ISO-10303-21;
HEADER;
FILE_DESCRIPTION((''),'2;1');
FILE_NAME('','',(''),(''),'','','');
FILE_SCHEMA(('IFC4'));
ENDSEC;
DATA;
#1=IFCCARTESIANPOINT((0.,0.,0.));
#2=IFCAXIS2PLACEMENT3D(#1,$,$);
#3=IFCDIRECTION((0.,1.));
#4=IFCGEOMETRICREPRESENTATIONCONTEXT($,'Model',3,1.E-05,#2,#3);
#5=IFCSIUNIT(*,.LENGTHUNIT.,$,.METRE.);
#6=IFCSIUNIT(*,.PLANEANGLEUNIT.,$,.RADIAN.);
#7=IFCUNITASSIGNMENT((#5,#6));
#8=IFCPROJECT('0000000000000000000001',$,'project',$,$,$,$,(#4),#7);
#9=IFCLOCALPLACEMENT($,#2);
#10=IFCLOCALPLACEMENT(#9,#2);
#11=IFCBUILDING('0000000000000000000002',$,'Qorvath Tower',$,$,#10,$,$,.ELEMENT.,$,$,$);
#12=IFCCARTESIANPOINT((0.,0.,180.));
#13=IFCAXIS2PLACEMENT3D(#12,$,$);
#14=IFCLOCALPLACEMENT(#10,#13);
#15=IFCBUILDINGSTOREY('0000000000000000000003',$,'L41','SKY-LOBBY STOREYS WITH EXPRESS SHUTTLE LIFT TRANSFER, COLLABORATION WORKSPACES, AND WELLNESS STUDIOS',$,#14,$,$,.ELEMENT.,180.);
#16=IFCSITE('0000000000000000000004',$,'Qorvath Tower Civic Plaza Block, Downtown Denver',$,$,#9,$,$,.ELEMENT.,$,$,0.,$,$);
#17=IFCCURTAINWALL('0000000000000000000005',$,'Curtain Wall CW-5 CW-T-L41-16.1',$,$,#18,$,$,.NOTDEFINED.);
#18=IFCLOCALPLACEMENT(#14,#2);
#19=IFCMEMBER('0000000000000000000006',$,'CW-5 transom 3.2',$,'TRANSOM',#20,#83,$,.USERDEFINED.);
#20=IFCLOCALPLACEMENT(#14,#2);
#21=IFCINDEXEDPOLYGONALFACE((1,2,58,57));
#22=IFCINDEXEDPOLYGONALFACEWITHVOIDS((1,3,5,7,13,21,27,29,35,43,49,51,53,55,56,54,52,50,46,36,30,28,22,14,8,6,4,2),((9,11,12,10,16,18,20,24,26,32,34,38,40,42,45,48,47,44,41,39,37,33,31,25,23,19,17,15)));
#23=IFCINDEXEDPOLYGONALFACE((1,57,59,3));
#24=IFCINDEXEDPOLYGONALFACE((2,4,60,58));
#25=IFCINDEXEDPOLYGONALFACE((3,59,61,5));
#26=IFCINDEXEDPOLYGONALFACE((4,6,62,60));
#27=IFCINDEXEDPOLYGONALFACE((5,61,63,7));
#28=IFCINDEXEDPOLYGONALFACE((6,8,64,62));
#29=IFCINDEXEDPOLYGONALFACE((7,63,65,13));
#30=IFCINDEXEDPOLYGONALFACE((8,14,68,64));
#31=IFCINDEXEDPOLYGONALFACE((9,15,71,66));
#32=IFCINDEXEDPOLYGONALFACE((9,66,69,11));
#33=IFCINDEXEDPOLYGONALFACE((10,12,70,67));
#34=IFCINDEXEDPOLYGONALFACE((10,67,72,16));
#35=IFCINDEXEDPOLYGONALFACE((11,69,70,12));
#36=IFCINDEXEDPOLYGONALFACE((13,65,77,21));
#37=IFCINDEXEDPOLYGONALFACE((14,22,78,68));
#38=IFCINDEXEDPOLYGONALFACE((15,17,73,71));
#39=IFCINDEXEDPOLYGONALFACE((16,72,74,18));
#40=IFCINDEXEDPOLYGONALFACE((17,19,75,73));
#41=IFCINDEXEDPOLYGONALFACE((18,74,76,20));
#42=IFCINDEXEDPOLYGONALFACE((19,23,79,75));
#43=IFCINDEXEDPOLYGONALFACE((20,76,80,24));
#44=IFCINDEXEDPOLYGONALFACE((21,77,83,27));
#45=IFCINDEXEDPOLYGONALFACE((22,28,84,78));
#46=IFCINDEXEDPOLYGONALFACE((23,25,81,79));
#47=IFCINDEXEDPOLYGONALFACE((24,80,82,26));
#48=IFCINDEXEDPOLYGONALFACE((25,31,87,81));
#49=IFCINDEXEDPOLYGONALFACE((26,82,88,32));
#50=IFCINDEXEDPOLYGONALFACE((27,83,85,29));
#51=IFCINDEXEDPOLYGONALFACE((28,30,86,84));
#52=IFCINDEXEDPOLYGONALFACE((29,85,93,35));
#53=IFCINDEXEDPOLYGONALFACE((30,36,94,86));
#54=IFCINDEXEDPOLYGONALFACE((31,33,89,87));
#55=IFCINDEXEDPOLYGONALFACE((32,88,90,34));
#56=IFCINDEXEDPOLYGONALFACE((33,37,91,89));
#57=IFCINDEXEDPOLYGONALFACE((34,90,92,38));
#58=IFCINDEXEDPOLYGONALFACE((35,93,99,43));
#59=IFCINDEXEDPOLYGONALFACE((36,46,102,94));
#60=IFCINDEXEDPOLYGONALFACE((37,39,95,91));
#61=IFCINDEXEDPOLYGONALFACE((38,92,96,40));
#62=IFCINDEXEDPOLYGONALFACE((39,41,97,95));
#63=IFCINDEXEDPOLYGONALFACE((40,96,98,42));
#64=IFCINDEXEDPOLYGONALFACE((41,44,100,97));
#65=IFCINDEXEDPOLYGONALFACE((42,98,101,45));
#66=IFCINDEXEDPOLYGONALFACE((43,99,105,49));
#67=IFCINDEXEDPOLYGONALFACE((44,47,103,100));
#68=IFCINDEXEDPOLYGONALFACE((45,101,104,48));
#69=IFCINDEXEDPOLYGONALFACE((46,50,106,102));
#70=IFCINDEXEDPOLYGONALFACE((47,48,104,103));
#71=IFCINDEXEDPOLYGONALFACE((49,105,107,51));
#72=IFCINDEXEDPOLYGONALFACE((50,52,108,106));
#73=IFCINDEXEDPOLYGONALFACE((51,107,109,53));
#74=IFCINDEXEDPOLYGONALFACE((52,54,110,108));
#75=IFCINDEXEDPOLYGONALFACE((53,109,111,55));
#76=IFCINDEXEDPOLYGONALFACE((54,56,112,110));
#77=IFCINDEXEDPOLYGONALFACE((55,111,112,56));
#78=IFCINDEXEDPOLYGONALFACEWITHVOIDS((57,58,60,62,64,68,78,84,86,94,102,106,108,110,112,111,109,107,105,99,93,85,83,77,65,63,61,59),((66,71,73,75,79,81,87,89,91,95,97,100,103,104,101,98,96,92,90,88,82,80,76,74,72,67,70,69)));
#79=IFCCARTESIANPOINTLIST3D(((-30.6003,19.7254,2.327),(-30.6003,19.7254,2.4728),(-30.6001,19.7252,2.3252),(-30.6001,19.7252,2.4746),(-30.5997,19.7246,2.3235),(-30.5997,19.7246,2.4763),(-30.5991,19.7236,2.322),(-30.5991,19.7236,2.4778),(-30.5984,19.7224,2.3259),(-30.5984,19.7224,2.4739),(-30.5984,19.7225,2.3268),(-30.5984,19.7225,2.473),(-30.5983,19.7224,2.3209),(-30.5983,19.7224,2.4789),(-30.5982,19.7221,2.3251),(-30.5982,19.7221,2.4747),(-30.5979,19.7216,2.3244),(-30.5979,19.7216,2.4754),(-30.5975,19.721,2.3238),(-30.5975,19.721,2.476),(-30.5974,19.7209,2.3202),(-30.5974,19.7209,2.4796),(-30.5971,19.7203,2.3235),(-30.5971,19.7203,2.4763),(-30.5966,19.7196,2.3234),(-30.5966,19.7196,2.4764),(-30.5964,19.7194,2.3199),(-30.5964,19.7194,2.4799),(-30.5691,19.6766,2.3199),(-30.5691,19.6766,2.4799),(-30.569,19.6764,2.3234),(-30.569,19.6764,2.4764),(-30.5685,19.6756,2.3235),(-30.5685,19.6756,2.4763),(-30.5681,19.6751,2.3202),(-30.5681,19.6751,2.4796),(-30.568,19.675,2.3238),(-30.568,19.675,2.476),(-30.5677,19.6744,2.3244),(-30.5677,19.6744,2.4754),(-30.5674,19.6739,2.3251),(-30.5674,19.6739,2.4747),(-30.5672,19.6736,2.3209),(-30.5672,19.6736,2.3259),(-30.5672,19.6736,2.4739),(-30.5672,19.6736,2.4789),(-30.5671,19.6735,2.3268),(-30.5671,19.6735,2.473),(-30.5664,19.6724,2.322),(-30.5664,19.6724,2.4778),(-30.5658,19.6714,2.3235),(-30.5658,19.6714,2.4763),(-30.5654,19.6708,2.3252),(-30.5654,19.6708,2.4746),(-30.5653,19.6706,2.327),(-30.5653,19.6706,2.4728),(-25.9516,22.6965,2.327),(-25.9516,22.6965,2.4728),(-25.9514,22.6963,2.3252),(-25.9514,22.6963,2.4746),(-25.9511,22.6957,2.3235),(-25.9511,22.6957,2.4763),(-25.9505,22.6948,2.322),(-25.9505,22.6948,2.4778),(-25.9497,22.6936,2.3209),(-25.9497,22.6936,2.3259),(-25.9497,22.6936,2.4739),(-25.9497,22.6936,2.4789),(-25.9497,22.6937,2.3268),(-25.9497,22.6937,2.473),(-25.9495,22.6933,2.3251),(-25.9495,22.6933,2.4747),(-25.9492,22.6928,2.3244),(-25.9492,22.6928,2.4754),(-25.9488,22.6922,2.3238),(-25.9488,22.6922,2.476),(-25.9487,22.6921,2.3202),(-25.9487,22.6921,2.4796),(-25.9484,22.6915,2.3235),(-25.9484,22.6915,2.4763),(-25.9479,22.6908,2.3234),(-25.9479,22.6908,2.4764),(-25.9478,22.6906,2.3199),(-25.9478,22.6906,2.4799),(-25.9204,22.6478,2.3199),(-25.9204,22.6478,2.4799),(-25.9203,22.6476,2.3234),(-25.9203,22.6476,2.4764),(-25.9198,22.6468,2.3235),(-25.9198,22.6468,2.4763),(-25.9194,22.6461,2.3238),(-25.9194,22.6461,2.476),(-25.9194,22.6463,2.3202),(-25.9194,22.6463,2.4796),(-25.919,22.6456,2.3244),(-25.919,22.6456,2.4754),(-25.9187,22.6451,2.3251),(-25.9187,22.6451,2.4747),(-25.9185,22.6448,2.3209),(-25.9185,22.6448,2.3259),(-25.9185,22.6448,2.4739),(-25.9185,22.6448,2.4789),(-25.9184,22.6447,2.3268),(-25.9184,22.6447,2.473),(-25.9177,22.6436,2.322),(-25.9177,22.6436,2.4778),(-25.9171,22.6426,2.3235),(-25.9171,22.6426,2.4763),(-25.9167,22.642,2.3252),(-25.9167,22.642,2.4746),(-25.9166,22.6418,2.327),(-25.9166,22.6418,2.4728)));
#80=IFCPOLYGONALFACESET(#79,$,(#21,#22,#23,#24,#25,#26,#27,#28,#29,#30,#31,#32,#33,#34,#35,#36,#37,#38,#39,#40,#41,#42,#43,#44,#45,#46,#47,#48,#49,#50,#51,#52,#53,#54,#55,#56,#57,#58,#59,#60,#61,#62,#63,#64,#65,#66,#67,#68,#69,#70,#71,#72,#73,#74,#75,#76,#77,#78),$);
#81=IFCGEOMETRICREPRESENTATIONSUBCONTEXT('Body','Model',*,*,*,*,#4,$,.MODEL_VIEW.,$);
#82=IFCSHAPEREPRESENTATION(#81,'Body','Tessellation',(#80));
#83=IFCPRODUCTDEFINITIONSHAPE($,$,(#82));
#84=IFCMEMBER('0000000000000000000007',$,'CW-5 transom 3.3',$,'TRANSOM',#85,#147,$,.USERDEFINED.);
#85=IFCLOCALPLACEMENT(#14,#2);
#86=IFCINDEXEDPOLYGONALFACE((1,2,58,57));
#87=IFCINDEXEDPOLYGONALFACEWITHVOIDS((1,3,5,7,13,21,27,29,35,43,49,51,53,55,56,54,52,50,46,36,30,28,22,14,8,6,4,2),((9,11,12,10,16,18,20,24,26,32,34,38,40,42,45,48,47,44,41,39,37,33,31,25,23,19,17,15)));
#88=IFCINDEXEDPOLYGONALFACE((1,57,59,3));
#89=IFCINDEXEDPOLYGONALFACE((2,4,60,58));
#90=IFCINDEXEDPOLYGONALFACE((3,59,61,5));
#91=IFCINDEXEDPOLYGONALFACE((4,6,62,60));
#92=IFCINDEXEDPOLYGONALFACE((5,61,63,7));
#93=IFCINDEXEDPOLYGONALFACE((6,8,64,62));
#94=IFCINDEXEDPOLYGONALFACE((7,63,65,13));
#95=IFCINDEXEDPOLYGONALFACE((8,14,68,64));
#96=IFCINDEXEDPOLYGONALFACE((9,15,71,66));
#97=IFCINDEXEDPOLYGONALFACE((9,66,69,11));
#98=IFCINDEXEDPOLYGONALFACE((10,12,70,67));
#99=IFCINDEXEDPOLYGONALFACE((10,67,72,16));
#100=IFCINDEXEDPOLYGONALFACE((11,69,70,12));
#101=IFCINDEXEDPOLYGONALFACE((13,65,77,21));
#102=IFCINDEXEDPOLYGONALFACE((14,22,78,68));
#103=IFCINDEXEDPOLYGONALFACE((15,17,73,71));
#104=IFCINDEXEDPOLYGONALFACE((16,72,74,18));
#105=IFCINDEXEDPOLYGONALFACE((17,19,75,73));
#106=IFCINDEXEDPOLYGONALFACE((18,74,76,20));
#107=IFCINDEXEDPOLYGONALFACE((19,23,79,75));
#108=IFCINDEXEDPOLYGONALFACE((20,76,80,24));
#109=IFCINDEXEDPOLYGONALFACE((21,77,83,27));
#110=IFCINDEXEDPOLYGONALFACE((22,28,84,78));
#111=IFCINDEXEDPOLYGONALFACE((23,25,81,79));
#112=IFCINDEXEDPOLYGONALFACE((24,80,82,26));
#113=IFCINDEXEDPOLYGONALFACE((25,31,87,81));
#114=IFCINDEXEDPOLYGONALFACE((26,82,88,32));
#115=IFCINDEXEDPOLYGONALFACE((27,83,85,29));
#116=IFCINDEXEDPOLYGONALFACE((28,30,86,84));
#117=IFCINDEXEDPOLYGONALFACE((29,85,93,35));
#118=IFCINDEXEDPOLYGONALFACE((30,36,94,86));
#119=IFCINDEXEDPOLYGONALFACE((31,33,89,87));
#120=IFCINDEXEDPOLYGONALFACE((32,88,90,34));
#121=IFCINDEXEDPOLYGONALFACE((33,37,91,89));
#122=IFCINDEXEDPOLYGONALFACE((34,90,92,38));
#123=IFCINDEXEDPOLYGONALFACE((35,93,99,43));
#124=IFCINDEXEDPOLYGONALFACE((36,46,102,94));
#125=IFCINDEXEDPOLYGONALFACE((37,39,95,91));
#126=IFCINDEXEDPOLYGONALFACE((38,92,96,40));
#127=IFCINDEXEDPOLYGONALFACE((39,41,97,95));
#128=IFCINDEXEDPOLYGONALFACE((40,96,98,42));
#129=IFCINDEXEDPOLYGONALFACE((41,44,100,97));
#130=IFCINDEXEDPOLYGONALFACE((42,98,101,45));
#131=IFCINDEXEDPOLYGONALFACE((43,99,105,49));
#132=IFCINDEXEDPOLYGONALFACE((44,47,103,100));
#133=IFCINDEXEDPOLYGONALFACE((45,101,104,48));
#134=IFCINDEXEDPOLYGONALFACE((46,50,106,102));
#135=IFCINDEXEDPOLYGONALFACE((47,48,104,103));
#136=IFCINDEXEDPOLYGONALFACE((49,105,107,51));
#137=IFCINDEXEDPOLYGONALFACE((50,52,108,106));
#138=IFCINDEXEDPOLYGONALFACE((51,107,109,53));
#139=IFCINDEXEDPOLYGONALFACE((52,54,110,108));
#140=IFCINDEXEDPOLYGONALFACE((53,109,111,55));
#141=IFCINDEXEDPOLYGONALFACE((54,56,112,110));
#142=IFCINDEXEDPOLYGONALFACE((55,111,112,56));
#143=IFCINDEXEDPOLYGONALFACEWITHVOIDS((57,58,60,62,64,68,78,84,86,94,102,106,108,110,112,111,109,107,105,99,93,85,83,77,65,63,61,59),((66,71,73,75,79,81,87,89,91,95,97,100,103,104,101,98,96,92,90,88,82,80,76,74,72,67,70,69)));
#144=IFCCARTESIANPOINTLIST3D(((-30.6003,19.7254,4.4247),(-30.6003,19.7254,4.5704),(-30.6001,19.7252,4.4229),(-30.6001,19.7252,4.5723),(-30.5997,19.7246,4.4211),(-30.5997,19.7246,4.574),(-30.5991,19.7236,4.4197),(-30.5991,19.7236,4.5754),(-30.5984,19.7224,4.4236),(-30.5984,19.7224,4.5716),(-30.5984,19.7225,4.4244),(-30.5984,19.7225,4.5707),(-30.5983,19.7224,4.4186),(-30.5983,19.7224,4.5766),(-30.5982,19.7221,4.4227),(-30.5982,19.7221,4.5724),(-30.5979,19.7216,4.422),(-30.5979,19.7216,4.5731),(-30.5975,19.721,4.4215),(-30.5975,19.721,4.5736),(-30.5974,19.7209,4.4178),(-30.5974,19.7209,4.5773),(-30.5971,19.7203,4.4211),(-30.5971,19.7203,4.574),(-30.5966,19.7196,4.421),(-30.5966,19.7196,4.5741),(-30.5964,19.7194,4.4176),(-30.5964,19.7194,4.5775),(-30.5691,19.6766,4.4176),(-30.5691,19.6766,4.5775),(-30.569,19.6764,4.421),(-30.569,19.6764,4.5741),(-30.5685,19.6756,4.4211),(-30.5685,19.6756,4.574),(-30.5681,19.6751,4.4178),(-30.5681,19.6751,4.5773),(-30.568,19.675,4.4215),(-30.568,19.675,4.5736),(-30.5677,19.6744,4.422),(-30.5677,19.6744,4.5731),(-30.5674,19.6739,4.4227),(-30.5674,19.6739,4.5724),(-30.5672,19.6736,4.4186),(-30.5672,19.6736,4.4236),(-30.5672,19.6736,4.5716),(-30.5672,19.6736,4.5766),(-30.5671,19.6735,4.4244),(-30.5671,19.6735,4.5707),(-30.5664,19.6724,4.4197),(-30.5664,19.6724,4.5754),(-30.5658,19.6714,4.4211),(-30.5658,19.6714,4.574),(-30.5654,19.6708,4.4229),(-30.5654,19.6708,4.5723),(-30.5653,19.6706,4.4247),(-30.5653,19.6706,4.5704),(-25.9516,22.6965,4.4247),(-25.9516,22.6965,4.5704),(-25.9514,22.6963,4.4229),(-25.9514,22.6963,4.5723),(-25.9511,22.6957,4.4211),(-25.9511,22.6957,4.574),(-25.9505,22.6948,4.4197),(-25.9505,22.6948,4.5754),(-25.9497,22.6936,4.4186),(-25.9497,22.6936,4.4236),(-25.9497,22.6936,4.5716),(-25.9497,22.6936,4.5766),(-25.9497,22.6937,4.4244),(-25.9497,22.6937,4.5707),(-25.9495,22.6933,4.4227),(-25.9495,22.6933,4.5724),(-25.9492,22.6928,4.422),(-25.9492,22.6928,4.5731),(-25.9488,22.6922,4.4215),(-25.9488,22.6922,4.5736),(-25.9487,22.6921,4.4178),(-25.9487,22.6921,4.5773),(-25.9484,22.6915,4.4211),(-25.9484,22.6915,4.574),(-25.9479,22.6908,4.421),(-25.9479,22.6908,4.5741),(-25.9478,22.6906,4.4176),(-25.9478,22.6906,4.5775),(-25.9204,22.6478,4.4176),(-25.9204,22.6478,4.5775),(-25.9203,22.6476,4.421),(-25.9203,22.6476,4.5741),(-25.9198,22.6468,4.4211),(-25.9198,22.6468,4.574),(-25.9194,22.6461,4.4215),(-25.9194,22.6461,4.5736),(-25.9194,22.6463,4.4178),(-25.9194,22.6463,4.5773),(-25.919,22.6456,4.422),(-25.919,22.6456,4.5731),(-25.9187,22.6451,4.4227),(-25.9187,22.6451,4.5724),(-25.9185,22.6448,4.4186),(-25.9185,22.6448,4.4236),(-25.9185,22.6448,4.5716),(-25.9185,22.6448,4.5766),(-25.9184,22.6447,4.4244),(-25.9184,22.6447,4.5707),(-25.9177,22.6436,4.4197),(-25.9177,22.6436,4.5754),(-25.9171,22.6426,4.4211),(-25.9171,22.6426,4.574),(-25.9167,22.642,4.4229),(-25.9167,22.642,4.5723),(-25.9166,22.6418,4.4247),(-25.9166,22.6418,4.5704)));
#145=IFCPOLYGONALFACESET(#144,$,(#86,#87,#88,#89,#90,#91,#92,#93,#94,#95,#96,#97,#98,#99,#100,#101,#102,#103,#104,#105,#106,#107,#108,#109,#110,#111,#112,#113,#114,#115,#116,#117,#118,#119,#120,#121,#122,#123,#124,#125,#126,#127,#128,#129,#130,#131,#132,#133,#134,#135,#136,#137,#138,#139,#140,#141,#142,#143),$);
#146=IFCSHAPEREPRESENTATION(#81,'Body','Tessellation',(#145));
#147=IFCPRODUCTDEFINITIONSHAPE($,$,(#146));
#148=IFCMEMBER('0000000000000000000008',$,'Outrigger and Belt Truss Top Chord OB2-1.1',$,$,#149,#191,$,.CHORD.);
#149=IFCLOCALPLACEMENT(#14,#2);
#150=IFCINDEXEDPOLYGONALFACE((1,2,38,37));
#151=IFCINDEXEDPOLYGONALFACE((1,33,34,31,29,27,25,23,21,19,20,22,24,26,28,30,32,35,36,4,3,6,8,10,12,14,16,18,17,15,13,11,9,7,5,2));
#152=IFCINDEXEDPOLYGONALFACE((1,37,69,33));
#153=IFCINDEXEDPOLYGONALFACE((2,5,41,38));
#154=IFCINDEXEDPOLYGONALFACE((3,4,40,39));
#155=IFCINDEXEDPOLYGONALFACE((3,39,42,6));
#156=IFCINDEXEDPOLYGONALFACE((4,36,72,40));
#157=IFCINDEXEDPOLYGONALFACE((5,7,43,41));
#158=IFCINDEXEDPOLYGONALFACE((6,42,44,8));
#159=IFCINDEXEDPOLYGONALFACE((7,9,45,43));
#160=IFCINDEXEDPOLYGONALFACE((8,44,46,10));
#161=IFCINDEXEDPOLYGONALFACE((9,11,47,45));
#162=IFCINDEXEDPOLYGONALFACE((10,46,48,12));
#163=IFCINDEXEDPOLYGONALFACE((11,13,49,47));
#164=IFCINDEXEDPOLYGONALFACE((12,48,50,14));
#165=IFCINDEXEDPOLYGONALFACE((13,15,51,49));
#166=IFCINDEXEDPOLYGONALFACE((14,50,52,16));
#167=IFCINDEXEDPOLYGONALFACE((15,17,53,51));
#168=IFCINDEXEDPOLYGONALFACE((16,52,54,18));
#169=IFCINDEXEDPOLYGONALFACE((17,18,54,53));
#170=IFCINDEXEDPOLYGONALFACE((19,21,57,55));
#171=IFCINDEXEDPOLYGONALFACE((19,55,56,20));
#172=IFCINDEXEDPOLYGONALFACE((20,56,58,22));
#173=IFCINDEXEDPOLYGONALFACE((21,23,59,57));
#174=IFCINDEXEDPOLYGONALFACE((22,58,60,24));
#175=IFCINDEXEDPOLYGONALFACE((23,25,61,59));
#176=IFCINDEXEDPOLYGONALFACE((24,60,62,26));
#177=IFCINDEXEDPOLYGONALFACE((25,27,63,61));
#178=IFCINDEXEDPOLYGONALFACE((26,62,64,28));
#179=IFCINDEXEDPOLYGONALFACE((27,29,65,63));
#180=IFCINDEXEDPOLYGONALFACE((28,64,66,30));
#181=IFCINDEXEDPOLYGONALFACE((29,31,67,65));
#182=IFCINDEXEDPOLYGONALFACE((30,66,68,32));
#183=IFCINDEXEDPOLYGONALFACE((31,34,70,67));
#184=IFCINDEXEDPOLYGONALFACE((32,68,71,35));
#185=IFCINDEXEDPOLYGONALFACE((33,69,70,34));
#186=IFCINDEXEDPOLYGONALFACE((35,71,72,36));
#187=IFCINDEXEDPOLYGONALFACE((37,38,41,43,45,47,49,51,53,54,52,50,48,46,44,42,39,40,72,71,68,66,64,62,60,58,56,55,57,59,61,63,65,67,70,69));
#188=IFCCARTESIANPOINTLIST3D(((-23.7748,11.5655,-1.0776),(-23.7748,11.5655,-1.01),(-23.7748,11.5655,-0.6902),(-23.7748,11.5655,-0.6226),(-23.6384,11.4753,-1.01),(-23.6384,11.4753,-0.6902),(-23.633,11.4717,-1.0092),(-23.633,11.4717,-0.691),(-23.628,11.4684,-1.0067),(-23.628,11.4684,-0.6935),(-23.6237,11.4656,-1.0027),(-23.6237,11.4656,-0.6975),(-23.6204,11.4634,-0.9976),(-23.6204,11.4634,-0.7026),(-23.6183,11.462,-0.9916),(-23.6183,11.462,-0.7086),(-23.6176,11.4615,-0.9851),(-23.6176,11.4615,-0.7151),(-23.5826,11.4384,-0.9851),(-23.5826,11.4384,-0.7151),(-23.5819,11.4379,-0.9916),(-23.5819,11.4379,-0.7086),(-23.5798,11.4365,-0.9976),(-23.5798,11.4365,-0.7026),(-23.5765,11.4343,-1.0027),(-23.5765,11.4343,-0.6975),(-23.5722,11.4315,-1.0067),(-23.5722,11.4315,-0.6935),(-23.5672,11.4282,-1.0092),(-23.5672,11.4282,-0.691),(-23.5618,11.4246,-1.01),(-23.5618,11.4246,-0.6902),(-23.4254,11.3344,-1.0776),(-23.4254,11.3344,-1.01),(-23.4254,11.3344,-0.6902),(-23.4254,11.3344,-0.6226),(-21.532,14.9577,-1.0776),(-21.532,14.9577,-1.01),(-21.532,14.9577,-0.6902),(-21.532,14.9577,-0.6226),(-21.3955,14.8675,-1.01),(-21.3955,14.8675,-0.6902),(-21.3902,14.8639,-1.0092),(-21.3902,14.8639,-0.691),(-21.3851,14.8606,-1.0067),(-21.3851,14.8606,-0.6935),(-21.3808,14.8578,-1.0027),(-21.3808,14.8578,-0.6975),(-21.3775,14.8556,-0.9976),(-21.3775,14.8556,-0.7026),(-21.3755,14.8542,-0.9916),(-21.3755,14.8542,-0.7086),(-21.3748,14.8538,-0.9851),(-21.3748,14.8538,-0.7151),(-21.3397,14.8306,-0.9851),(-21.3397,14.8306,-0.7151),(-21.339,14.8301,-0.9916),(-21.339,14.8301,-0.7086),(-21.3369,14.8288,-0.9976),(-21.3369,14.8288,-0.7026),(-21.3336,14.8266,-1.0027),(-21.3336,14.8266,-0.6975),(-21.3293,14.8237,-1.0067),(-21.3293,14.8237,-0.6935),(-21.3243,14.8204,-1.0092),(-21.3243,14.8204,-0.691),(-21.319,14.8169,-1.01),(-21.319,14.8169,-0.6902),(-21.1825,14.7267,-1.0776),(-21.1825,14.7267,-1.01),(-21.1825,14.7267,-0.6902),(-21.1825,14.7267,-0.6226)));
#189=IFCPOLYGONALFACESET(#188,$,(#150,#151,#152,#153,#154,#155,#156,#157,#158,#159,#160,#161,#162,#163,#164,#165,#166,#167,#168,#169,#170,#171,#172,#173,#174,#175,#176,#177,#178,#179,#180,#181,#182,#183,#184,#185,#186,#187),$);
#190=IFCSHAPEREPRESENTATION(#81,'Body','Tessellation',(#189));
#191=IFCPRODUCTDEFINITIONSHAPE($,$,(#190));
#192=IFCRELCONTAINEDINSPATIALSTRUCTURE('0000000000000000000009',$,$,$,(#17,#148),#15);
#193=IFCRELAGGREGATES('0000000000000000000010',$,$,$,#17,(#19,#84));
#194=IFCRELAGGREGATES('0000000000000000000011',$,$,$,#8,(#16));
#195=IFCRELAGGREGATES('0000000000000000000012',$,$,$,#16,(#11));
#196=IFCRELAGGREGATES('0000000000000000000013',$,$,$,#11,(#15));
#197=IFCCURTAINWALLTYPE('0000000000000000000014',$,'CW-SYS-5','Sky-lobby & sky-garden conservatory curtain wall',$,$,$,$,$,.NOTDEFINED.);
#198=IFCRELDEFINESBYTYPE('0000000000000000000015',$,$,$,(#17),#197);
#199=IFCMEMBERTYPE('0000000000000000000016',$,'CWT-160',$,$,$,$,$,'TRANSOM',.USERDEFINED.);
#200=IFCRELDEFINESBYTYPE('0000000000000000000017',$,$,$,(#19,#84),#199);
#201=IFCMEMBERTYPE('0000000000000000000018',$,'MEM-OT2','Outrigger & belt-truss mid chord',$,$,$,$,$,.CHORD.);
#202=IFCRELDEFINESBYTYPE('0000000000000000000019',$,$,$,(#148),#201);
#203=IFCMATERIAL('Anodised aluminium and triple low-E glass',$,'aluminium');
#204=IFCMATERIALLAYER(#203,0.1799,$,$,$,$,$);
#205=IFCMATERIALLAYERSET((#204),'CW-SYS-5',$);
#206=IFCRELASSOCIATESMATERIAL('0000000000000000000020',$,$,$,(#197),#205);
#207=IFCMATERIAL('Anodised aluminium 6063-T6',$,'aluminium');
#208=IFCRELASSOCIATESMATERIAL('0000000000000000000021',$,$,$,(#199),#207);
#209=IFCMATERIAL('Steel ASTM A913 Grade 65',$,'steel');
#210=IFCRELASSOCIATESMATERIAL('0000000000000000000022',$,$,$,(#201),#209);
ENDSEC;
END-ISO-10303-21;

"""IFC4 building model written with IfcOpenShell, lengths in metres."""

from ifc_helpers import new_model, si_unit, direction, frame, origin, origin_2d, place, context, subcontext, project, spatial, hollow_rectangle, i_section, extrude, material, layer, layer_set, material_profile, profile_set, type_object, element, aggregate, save


model = new_model("IFC4")

# Units and contexts
model_context = context("Model", 3, precision=1e-05, world=origin(), true_north=direction((0.0, 1.0)))
body_context = subcontext(model_context, "Body", "Model", "MODEL_VIEW")
ifc_project = project(units=[si_unit("LENGTHUNIT", "METRE"), si_unit("PLANEANGLEUNIT", "RADIAN")], contexts=[model_context])

# Site, building, storey
site_placement = place(None, origin())
site = spatial("IfcSite", under=ifc_project, at=site_placement, Name="Qorvath Tower Civic Plaza Block, Downtown Denver", CompositionType="ELEMENT", RefElevation=0.0)
building_placement = place(site_placement, origin())
building = spatial("IfcBuilding", under=site, at=building_placement, Name="Qorvath Tower", CompositionType="ELEMENT")
storey_placement = place(building_placement, frame((0.0, 0.0, 180.0)))
storey = spatial("IfcBuildingStorey", under=building, at=storey_placement, Name="L41", Description="SKY-LOBBY STOREYS WITH EXPRESS SHUTTLE LIFT TRANSFER, COLLABORATION WORKSPACES, AND WELLNESS STUDIOS", CompositionType="ELEMENT", Elevation=180.0)

# Curtain wall, members
ifc_material_1 = material(Name="Anodised aluminium and triple low-E glass", Category="aluminium")
ifc_layer_1 = layer(ifc_material_1, 0.1799)
ifc_layer_set_1 = layer_set([ifc_layer_1], Name="CW-SYS-5")
curtain_wall_type = type_object("IfcCurtainWallType", Name="CW-SYS-5", Description="Sky-lobby & sky-garden conservatory curtain wall", PredefinedType="NOTDEFINED", material=ifc_layer_set_1)
curtain_wall_placement = place(storey_placement, origin())
curtain_wall = element("IfcCurtainWall", 1, at=curtain_wall_placement, inside=storey, type_object=curtain_wall_type, Name="Curtain Wall CW-5 CW-T-L41-16.1", PredefinedType="NOTDEFINED")
ifc_material_2 = material(Name="Anodised aluminium 6063-T6", Category="aluminium")
ifc_material_profile_1 = material_profile(ifc_material_2, hollow_rectangle(XDim=0.0649, YDim=0.1599, WallThickness=0.0034, InnerFilletRadius=0.0034, OuterFilletRadius=0.0071, at=origin_2d()), Name="CWT 160x65")
ifc_profile_set_1 = profile_set([ifc_material_profile_1], Name="Anodised aluminium 6063-T6")
member_type_1 = type_object("IfcMemberType", Name="CWT-160", ElementType="TRANSOM", PredefinedType="USERDEFINED", material=ifc_profile_set_1)
member_1_placement = place(storey_placement, frame((-25.9341, 22.6692, 2.3999), z_axis=(-0.842598, -0.538544, 0.0), x_axis=(0.538544, -0.842598, 0.0)))
member_1 = element("IfcMember", 2, at=member_1_placement, type_object=member_type_1, Name="CW-5 transom 3.2", ObjectType="TRANSOM", PredefinedType="USERDEFINED", context=body_context, shape_type="SweptSolid", body=[
    extrude(hollow_rectangle(XDim=0.0649, YDim=0.1599, WallThickness=0.0034, InnerFilletRadius=0.0034, OuterFilletRadius=0.0071, at=origin_2d()), origin(), (0.0, 0.0, 1.0), 5.5171),
])
member_2_placement = place(storey_placement, frame((-25.9341, 22.6692, 4.4976), z_axis=(-0.842598, -0.538544, 0.0), x_axis=(0.538544, -0.842598, 0.0)))
member_2 = element("IfcMember", 3, at=member_2_placement, type_object=member_type_1, Name="CW-5 transom 3.3", ObjectType="TRANSOM", PredefinedType="USERDEFINED", context=body_context, shape_type="SweptSolid", body=[
    extrude(hollow_rectangle(XDim=0.0649, YDim=0.1599, WallThickness=0.0034, InnerFilletRadius=0.0034, OuterFilletRadius=0.0071, at=origin_2d()), origin(), (0.0, 0.0, 1.0), 5.5171),
])

# Member
ifc_material_3 = material(Name="Steel ASTM A913 Grade 65", Category="steel")
ifc_material_profile_2 = material_profile(ifc_material_3, i_section(OverallWidth=0.4189, OverallDepth=0.4551, WebThickness=0.042, FlangeThickness=0.0676, FilletRadius=0.0249, at=origin_2d()), Name="W14x370")
ifc_profile_set_2 = profile_set([ifc_material_profile_2], Name="Steel ASTM A913 Grade 65")
member_type_2 = type_object("IfcMemberType", Name="MEM-OT2", Description="Outrigger & belt-truss mid chord", PredefinedType="CHORD", material=ifc_profile_set_2)
for number, where, z_axis, x_axis, name in (
    (4, (-23.6001, 11.45, -0.8501), (0.551524, 0.834159, 0.0), (-0.834159, 0.551524, 0.0), "Outrigger and Belt Truss Top Chord OB2-1.1"),
):
    element("IfcMember", number, at=place(storey_placement, frame(where, z_axis=z_axis, x_axis=x_axis)), inside=storey, type_object=member_type_2, Name=name, PredefinedType="CHORD", context=body_context, shape_type="SweptSolid", body=[
        extrude(i_section(OverallWidth=0.4189, OverallDepth=0.4551, WebThickness=0.042, FlangeThickness=0.0676, FilletRadius=0.0249, at=origin_2d()), origin(), (0.0, 0.0, 1.0), 4.0667),
    ])

aggregate(curtain_wall, [member_1, member_2])

save(model, "model.ifc")
